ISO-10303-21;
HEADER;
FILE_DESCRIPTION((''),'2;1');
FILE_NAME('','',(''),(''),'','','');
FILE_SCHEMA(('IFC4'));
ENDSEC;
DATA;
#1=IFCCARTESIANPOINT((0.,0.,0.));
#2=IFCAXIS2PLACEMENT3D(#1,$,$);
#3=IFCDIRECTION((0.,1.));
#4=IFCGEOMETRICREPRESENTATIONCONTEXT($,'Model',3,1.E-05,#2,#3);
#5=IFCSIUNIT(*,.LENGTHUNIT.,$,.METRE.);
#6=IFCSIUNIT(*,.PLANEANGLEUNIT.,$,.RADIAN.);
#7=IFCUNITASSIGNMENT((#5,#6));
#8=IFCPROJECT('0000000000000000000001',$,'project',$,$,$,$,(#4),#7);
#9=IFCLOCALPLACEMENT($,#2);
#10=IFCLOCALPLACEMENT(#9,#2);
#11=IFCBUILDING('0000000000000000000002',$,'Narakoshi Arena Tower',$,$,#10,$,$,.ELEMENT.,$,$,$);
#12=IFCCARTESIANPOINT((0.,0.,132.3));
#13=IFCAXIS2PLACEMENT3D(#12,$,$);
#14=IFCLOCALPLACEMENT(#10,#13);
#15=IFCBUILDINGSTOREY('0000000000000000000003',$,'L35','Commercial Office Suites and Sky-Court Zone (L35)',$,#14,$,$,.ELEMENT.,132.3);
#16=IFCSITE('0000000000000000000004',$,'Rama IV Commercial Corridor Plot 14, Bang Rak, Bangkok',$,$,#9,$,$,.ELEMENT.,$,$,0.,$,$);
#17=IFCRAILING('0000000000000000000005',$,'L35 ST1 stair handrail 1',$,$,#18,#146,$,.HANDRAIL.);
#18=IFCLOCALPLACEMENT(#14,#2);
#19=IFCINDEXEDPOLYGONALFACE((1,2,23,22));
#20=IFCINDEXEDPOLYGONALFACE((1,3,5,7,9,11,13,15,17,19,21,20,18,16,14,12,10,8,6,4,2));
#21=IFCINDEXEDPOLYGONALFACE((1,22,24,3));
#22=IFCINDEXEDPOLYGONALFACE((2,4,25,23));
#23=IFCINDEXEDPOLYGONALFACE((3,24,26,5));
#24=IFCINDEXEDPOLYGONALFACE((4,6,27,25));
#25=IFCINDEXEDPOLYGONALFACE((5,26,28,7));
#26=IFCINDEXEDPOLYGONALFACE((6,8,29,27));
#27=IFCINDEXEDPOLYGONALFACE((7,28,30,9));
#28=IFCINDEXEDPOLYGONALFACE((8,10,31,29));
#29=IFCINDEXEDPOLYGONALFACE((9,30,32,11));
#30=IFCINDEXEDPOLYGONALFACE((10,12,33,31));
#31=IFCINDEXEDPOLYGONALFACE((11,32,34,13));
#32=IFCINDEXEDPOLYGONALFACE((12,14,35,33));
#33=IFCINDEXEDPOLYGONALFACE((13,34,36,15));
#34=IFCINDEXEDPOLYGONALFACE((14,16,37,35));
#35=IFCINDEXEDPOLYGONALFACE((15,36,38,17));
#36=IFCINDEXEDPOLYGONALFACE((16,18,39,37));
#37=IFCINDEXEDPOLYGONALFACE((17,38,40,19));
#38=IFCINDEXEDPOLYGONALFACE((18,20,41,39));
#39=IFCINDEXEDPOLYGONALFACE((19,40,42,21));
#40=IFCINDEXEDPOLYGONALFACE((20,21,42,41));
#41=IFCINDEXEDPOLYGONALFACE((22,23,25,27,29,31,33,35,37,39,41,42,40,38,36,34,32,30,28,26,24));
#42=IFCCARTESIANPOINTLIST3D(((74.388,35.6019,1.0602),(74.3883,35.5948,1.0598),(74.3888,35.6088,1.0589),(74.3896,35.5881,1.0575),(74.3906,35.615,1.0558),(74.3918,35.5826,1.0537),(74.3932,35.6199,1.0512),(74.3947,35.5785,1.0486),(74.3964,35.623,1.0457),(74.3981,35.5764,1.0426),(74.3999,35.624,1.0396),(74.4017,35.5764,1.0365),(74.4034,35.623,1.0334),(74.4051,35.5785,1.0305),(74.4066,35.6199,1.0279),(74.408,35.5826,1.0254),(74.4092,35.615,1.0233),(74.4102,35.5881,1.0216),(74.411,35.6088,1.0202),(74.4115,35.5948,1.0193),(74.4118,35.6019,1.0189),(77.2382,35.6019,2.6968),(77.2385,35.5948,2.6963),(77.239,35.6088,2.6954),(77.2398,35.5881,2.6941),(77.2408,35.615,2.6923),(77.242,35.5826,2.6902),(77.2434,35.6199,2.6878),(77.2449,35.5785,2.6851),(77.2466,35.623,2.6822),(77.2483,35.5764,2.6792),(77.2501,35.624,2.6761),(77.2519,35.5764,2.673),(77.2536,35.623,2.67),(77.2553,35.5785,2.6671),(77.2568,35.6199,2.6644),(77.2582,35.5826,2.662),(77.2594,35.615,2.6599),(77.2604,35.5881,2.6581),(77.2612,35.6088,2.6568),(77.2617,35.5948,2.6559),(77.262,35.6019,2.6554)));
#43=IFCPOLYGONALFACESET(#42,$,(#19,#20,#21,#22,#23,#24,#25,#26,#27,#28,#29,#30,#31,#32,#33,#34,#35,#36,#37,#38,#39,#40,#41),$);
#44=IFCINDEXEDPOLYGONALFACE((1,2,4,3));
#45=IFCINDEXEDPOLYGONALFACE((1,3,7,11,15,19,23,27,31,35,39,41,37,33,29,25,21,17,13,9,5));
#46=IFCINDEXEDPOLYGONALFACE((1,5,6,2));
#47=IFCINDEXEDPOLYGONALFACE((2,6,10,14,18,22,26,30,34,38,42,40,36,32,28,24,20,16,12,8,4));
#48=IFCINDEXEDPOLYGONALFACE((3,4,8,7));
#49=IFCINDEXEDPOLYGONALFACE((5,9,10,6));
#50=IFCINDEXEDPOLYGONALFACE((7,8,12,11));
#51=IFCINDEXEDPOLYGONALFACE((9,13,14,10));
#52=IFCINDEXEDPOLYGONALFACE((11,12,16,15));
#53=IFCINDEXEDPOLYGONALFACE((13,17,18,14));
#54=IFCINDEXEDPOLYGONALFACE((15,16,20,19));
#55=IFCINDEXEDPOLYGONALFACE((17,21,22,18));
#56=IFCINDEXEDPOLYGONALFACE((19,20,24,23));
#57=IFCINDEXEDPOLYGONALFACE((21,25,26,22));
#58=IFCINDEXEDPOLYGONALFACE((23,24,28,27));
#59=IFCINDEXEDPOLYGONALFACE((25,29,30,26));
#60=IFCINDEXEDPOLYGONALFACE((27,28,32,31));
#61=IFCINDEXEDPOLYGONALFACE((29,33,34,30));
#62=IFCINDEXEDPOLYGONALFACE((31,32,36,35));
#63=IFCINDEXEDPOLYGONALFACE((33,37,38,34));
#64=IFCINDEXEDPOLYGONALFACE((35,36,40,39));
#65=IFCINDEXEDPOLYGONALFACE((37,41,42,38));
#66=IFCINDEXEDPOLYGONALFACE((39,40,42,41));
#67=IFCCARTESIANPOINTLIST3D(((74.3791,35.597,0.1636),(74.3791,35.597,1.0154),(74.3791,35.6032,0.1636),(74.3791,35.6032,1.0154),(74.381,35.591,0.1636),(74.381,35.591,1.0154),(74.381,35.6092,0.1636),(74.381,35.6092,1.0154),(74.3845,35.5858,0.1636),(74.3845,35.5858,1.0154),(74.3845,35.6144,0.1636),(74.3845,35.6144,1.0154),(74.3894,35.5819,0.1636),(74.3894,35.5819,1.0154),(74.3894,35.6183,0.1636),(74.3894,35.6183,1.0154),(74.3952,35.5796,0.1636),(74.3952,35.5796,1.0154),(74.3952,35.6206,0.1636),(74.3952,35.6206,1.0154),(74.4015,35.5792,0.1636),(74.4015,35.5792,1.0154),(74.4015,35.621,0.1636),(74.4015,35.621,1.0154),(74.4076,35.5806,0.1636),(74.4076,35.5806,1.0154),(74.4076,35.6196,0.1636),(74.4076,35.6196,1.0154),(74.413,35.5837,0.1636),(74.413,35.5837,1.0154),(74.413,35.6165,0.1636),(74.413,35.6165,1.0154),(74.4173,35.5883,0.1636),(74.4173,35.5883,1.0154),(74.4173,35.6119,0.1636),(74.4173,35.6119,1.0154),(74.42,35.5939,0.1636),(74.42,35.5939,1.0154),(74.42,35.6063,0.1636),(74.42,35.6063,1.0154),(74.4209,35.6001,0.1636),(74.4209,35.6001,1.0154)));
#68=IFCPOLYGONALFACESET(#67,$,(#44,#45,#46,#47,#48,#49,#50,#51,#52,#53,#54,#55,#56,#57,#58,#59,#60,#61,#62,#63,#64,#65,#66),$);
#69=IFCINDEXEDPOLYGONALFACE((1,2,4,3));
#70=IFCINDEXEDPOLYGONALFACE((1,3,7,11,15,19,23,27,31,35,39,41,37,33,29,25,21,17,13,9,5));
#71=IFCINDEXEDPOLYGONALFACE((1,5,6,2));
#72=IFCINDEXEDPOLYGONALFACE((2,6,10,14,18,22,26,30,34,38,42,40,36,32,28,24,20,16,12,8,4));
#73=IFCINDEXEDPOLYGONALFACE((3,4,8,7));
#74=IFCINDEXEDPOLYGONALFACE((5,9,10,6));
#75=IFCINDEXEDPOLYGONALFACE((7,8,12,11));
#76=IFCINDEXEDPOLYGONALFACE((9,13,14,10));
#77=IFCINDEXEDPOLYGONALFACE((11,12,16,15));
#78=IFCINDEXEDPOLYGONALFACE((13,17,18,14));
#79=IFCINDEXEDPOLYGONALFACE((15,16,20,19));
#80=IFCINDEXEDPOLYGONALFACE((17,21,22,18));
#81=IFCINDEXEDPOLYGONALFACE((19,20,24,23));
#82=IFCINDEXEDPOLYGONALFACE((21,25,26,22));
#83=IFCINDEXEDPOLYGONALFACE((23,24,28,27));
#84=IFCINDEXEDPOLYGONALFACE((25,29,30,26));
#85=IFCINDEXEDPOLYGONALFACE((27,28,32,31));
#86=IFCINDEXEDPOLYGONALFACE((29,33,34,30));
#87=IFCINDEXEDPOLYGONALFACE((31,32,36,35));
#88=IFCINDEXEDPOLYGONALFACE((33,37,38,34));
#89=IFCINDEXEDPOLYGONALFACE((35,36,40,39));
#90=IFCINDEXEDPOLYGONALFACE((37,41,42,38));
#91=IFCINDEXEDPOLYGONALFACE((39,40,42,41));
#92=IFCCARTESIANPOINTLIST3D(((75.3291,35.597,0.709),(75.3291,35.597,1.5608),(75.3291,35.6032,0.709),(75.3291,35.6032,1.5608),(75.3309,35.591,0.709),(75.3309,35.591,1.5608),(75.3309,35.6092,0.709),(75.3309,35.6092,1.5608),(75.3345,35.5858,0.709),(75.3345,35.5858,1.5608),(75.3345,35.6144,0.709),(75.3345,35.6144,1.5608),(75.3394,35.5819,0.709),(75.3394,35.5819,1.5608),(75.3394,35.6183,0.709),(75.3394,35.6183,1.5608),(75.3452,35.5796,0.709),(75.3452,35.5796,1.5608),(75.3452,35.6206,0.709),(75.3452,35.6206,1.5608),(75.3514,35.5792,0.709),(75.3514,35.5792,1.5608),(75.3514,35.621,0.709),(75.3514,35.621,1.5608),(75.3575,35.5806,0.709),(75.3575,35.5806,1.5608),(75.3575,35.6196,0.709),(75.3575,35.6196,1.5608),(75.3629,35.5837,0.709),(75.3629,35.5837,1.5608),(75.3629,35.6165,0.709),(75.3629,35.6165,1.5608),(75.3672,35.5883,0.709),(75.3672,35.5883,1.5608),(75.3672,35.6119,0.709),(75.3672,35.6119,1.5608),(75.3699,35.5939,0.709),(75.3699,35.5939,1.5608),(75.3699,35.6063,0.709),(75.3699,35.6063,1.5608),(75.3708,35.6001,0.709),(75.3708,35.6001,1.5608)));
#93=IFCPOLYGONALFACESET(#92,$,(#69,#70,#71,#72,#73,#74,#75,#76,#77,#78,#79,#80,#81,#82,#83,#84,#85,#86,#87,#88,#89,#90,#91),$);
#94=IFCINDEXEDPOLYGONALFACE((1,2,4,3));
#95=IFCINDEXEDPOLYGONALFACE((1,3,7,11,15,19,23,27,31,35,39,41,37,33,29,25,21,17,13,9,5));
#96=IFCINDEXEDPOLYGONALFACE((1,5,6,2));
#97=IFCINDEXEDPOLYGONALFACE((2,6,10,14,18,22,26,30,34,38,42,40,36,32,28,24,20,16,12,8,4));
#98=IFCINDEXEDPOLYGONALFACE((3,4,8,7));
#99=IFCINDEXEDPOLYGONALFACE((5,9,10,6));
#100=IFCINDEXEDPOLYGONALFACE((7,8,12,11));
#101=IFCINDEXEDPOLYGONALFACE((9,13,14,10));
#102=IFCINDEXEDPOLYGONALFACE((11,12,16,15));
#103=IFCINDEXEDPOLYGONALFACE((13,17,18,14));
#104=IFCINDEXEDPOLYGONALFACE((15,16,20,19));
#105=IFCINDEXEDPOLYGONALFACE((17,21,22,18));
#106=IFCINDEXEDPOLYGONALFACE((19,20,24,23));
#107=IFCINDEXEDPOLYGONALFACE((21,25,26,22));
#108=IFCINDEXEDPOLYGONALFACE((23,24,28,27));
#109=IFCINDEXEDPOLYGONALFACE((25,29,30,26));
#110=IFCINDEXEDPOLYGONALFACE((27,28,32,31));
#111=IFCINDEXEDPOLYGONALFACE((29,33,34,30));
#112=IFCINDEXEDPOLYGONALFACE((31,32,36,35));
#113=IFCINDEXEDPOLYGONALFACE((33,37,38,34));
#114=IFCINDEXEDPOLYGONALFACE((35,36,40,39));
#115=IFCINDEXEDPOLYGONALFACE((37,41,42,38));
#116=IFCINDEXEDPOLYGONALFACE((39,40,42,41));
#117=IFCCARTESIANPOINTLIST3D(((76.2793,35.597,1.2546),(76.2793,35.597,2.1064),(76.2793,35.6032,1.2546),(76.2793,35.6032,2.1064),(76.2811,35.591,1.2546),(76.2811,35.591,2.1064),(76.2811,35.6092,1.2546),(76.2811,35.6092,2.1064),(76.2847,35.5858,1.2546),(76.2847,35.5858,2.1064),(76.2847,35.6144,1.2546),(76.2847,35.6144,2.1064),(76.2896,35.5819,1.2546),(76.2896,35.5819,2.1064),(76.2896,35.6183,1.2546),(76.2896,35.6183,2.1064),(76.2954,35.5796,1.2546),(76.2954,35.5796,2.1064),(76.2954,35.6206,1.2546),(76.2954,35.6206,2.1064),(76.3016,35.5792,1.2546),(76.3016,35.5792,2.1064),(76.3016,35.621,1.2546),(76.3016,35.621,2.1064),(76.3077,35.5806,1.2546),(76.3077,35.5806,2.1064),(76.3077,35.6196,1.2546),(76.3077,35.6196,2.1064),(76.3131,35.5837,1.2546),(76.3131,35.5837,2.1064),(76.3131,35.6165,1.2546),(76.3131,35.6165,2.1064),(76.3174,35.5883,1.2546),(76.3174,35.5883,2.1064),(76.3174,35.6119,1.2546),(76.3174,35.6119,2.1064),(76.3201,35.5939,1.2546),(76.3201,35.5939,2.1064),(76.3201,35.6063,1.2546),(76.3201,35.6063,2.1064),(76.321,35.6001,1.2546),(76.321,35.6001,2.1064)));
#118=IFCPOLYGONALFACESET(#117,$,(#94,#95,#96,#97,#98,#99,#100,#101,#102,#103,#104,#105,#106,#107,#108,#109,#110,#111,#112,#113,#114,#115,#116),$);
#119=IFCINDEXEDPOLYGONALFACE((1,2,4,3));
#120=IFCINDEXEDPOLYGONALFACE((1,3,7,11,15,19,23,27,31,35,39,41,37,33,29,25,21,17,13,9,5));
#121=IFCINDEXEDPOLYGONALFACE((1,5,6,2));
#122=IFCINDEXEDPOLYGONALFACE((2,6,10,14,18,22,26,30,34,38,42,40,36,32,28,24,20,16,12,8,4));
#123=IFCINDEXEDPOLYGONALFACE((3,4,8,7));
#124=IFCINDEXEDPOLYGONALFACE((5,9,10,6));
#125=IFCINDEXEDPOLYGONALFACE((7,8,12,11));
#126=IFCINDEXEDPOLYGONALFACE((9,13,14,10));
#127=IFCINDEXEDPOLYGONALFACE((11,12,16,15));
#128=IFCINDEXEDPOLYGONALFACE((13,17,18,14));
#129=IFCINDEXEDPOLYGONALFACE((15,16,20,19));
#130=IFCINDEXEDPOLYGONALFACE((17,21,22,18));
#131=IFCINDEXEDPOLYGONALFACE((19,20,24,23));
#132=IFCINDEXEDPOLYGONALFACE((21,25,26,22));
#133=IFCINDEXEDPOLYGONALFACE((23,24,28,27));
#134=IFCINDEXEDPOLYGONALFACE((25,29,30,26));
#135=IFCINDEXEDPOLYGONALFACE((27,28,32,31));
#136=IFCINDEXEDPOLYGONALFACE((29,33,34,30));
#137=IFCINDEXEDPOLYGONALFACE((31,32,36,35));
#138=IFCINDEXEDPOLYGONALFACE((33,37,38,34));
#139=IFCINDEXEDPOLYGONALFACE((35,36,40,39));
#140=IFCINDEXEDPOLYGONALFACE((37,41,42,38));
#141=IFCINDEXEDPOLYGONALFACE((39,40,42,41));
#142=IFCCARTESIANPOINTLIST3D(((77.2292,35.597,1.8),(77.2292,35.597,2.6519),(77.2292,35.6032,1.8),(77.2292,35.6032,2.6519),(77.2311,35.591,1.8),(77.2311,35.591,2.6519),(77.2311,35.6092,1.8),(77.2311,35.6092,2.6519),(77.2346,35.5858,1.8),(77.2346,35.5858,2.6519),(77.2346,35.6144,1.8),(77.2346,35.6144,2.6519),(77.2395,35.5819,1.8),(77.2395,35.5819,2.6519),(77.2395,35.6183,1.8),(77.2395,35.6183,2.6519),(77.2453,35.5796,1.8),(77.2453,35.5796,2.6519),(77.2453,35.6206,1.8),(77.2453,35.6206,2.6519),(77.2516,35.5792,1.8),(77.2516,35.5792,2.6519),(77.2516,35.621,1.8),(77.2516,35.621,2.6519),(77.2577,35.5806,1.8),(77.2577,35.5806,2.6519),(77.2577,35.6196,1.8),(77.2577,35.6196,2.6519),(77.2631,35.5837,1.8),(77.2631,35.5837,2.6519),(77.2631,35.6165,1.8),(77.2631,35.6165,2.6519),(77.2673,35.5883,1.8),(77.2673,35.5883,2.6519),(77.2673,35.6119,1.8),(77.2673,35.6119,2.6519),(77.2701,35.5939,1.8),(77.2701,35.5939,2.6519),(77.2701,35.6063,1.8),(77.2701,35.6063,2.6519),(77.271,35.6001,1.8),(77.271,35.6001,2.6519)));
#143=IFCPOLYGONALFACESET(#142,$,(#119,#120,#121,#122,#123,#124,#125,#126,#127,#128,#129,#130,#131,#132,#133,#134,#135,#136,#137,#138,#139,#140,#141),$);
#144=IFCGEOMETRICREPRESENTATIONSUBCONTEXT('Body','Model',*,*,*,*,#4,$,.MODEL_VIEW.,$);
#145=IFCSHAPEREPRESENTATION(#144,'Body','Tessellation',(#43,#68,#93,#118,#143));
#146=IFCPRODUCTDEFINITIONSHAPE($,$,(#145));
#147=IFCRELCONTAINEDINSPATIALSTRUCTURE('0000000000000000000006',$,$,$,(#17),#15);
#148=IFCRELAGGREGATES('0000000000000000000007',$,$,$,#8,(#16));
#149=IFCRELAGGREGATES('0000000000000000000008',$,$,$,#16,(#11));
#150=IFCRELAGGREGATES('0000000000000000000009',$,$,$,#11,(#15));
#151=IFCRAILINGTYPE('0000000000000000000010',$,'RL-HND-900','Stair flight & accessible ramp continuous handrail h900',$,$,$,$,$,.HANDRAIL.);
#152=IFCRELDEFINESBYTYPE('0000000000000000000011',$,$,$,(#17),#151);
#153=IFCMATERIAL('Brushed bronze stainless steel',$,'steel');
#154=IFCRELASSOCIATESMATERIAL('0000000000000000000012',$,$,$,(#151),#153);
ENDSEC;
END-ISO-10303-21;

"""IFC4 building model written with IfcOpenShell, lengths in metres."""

from ifc_helpers import new_model, si_unit, direction, frame, origin, origin_2d, place, context, subcontext, project, spatial, circle, extrude, material, type_object, element, save


model = new_model("IFC4")

# Units and contexts
model_context = context("Model", 3, precision=1e-05, world=origin(), true_north=direction((0.0, 1.0)))
body_context = subcontext(model_context, "Body", "Model", "MODEL_VIEW")
ifc_project = project(units=[si_unit("LENGTHUNIT", "METRE"), si_unit("PLANEANGLEUNIT", "RADIAN")], contexts=[model_context])

# Site, building, storey
site_placement = place(None, origin())
site = spatial("IfcSite", under=ifc_project, at=site_placement, Name="Rama IV Commercial Corridor Plot 14, Bang Rak, Bangkok", CompositionType="ELEMENT", RefElevation=0.0)
building_placement = place(site_placement, origin())
building = spatial("IfcBuilding", under=site, at=building_placement, Name="Narakoshi Arena Tower", CompositionType="ELEMENT")
storey_placement = place(building_placement, frame((0.0, 0.0, 132.3)))
storey = spatial("IfcBuildingStorey", under=building, at=storey_placement, Name="L35", Description="Commercial Office Suites and Sky-Court Zone (L35)", CompositionType="ELEMENT", Elevation=132.3)

# Railing
ifc_material_1 = material(Name="Brushed bronze stainless steel", Category="steel")
railing_type_1 = type_object("IfcRailingType", Name="RL-HND-900", Description="Stair flight & accessible ramp continuous handrail h900", PredefinedType="HANDRAIL", material=ifc_material_1)
railing_1_placement = place(storey_placement, frame((74.3999, 35.6001, 0.1636)))
element("IfcRailing", 1, at=railing_1_placement, inside=storey, type_object=railing_type_1, Name="L35 ST1 stair handrail 1", PredefinedType="HANDRAIL", context=body_context, shape_type="SweptSolid", body=[
    extrude(circle(Radius=0.0239, at=origin_2d()), frame((0.0, 0.0, 0.876), z_axis=(0.867213, 0.0, 0.497938), x_axis=(0.0, 1.0, 0.0)), (0.0, 0.0, 1.0), 3.2866),
    extrude(circle(Radius=0.021, at=origin_2d()), origin(), (0.0, 0.0, 1.0), 0.8518),
    extrude(circle(Radius=0.021, at=origin_2d()), frame((0.95, 0.0, 0.5454)), (0.0, 0.0, 1.0), 0.8518),
    extrude(circle(Radius=0.021, at=origin_2d()), frame((1.9001, 0.0, 1.0911)), (0.0, 0.0, 1.0), 0.8518),
    extrude(circle(Radius=0.021, at=origin_2d()), frame((2.8501, 0.0, 1.6365)), (0.0, 0.0, 1.0), 0.8518),
])

save(model, "model.ifc")
